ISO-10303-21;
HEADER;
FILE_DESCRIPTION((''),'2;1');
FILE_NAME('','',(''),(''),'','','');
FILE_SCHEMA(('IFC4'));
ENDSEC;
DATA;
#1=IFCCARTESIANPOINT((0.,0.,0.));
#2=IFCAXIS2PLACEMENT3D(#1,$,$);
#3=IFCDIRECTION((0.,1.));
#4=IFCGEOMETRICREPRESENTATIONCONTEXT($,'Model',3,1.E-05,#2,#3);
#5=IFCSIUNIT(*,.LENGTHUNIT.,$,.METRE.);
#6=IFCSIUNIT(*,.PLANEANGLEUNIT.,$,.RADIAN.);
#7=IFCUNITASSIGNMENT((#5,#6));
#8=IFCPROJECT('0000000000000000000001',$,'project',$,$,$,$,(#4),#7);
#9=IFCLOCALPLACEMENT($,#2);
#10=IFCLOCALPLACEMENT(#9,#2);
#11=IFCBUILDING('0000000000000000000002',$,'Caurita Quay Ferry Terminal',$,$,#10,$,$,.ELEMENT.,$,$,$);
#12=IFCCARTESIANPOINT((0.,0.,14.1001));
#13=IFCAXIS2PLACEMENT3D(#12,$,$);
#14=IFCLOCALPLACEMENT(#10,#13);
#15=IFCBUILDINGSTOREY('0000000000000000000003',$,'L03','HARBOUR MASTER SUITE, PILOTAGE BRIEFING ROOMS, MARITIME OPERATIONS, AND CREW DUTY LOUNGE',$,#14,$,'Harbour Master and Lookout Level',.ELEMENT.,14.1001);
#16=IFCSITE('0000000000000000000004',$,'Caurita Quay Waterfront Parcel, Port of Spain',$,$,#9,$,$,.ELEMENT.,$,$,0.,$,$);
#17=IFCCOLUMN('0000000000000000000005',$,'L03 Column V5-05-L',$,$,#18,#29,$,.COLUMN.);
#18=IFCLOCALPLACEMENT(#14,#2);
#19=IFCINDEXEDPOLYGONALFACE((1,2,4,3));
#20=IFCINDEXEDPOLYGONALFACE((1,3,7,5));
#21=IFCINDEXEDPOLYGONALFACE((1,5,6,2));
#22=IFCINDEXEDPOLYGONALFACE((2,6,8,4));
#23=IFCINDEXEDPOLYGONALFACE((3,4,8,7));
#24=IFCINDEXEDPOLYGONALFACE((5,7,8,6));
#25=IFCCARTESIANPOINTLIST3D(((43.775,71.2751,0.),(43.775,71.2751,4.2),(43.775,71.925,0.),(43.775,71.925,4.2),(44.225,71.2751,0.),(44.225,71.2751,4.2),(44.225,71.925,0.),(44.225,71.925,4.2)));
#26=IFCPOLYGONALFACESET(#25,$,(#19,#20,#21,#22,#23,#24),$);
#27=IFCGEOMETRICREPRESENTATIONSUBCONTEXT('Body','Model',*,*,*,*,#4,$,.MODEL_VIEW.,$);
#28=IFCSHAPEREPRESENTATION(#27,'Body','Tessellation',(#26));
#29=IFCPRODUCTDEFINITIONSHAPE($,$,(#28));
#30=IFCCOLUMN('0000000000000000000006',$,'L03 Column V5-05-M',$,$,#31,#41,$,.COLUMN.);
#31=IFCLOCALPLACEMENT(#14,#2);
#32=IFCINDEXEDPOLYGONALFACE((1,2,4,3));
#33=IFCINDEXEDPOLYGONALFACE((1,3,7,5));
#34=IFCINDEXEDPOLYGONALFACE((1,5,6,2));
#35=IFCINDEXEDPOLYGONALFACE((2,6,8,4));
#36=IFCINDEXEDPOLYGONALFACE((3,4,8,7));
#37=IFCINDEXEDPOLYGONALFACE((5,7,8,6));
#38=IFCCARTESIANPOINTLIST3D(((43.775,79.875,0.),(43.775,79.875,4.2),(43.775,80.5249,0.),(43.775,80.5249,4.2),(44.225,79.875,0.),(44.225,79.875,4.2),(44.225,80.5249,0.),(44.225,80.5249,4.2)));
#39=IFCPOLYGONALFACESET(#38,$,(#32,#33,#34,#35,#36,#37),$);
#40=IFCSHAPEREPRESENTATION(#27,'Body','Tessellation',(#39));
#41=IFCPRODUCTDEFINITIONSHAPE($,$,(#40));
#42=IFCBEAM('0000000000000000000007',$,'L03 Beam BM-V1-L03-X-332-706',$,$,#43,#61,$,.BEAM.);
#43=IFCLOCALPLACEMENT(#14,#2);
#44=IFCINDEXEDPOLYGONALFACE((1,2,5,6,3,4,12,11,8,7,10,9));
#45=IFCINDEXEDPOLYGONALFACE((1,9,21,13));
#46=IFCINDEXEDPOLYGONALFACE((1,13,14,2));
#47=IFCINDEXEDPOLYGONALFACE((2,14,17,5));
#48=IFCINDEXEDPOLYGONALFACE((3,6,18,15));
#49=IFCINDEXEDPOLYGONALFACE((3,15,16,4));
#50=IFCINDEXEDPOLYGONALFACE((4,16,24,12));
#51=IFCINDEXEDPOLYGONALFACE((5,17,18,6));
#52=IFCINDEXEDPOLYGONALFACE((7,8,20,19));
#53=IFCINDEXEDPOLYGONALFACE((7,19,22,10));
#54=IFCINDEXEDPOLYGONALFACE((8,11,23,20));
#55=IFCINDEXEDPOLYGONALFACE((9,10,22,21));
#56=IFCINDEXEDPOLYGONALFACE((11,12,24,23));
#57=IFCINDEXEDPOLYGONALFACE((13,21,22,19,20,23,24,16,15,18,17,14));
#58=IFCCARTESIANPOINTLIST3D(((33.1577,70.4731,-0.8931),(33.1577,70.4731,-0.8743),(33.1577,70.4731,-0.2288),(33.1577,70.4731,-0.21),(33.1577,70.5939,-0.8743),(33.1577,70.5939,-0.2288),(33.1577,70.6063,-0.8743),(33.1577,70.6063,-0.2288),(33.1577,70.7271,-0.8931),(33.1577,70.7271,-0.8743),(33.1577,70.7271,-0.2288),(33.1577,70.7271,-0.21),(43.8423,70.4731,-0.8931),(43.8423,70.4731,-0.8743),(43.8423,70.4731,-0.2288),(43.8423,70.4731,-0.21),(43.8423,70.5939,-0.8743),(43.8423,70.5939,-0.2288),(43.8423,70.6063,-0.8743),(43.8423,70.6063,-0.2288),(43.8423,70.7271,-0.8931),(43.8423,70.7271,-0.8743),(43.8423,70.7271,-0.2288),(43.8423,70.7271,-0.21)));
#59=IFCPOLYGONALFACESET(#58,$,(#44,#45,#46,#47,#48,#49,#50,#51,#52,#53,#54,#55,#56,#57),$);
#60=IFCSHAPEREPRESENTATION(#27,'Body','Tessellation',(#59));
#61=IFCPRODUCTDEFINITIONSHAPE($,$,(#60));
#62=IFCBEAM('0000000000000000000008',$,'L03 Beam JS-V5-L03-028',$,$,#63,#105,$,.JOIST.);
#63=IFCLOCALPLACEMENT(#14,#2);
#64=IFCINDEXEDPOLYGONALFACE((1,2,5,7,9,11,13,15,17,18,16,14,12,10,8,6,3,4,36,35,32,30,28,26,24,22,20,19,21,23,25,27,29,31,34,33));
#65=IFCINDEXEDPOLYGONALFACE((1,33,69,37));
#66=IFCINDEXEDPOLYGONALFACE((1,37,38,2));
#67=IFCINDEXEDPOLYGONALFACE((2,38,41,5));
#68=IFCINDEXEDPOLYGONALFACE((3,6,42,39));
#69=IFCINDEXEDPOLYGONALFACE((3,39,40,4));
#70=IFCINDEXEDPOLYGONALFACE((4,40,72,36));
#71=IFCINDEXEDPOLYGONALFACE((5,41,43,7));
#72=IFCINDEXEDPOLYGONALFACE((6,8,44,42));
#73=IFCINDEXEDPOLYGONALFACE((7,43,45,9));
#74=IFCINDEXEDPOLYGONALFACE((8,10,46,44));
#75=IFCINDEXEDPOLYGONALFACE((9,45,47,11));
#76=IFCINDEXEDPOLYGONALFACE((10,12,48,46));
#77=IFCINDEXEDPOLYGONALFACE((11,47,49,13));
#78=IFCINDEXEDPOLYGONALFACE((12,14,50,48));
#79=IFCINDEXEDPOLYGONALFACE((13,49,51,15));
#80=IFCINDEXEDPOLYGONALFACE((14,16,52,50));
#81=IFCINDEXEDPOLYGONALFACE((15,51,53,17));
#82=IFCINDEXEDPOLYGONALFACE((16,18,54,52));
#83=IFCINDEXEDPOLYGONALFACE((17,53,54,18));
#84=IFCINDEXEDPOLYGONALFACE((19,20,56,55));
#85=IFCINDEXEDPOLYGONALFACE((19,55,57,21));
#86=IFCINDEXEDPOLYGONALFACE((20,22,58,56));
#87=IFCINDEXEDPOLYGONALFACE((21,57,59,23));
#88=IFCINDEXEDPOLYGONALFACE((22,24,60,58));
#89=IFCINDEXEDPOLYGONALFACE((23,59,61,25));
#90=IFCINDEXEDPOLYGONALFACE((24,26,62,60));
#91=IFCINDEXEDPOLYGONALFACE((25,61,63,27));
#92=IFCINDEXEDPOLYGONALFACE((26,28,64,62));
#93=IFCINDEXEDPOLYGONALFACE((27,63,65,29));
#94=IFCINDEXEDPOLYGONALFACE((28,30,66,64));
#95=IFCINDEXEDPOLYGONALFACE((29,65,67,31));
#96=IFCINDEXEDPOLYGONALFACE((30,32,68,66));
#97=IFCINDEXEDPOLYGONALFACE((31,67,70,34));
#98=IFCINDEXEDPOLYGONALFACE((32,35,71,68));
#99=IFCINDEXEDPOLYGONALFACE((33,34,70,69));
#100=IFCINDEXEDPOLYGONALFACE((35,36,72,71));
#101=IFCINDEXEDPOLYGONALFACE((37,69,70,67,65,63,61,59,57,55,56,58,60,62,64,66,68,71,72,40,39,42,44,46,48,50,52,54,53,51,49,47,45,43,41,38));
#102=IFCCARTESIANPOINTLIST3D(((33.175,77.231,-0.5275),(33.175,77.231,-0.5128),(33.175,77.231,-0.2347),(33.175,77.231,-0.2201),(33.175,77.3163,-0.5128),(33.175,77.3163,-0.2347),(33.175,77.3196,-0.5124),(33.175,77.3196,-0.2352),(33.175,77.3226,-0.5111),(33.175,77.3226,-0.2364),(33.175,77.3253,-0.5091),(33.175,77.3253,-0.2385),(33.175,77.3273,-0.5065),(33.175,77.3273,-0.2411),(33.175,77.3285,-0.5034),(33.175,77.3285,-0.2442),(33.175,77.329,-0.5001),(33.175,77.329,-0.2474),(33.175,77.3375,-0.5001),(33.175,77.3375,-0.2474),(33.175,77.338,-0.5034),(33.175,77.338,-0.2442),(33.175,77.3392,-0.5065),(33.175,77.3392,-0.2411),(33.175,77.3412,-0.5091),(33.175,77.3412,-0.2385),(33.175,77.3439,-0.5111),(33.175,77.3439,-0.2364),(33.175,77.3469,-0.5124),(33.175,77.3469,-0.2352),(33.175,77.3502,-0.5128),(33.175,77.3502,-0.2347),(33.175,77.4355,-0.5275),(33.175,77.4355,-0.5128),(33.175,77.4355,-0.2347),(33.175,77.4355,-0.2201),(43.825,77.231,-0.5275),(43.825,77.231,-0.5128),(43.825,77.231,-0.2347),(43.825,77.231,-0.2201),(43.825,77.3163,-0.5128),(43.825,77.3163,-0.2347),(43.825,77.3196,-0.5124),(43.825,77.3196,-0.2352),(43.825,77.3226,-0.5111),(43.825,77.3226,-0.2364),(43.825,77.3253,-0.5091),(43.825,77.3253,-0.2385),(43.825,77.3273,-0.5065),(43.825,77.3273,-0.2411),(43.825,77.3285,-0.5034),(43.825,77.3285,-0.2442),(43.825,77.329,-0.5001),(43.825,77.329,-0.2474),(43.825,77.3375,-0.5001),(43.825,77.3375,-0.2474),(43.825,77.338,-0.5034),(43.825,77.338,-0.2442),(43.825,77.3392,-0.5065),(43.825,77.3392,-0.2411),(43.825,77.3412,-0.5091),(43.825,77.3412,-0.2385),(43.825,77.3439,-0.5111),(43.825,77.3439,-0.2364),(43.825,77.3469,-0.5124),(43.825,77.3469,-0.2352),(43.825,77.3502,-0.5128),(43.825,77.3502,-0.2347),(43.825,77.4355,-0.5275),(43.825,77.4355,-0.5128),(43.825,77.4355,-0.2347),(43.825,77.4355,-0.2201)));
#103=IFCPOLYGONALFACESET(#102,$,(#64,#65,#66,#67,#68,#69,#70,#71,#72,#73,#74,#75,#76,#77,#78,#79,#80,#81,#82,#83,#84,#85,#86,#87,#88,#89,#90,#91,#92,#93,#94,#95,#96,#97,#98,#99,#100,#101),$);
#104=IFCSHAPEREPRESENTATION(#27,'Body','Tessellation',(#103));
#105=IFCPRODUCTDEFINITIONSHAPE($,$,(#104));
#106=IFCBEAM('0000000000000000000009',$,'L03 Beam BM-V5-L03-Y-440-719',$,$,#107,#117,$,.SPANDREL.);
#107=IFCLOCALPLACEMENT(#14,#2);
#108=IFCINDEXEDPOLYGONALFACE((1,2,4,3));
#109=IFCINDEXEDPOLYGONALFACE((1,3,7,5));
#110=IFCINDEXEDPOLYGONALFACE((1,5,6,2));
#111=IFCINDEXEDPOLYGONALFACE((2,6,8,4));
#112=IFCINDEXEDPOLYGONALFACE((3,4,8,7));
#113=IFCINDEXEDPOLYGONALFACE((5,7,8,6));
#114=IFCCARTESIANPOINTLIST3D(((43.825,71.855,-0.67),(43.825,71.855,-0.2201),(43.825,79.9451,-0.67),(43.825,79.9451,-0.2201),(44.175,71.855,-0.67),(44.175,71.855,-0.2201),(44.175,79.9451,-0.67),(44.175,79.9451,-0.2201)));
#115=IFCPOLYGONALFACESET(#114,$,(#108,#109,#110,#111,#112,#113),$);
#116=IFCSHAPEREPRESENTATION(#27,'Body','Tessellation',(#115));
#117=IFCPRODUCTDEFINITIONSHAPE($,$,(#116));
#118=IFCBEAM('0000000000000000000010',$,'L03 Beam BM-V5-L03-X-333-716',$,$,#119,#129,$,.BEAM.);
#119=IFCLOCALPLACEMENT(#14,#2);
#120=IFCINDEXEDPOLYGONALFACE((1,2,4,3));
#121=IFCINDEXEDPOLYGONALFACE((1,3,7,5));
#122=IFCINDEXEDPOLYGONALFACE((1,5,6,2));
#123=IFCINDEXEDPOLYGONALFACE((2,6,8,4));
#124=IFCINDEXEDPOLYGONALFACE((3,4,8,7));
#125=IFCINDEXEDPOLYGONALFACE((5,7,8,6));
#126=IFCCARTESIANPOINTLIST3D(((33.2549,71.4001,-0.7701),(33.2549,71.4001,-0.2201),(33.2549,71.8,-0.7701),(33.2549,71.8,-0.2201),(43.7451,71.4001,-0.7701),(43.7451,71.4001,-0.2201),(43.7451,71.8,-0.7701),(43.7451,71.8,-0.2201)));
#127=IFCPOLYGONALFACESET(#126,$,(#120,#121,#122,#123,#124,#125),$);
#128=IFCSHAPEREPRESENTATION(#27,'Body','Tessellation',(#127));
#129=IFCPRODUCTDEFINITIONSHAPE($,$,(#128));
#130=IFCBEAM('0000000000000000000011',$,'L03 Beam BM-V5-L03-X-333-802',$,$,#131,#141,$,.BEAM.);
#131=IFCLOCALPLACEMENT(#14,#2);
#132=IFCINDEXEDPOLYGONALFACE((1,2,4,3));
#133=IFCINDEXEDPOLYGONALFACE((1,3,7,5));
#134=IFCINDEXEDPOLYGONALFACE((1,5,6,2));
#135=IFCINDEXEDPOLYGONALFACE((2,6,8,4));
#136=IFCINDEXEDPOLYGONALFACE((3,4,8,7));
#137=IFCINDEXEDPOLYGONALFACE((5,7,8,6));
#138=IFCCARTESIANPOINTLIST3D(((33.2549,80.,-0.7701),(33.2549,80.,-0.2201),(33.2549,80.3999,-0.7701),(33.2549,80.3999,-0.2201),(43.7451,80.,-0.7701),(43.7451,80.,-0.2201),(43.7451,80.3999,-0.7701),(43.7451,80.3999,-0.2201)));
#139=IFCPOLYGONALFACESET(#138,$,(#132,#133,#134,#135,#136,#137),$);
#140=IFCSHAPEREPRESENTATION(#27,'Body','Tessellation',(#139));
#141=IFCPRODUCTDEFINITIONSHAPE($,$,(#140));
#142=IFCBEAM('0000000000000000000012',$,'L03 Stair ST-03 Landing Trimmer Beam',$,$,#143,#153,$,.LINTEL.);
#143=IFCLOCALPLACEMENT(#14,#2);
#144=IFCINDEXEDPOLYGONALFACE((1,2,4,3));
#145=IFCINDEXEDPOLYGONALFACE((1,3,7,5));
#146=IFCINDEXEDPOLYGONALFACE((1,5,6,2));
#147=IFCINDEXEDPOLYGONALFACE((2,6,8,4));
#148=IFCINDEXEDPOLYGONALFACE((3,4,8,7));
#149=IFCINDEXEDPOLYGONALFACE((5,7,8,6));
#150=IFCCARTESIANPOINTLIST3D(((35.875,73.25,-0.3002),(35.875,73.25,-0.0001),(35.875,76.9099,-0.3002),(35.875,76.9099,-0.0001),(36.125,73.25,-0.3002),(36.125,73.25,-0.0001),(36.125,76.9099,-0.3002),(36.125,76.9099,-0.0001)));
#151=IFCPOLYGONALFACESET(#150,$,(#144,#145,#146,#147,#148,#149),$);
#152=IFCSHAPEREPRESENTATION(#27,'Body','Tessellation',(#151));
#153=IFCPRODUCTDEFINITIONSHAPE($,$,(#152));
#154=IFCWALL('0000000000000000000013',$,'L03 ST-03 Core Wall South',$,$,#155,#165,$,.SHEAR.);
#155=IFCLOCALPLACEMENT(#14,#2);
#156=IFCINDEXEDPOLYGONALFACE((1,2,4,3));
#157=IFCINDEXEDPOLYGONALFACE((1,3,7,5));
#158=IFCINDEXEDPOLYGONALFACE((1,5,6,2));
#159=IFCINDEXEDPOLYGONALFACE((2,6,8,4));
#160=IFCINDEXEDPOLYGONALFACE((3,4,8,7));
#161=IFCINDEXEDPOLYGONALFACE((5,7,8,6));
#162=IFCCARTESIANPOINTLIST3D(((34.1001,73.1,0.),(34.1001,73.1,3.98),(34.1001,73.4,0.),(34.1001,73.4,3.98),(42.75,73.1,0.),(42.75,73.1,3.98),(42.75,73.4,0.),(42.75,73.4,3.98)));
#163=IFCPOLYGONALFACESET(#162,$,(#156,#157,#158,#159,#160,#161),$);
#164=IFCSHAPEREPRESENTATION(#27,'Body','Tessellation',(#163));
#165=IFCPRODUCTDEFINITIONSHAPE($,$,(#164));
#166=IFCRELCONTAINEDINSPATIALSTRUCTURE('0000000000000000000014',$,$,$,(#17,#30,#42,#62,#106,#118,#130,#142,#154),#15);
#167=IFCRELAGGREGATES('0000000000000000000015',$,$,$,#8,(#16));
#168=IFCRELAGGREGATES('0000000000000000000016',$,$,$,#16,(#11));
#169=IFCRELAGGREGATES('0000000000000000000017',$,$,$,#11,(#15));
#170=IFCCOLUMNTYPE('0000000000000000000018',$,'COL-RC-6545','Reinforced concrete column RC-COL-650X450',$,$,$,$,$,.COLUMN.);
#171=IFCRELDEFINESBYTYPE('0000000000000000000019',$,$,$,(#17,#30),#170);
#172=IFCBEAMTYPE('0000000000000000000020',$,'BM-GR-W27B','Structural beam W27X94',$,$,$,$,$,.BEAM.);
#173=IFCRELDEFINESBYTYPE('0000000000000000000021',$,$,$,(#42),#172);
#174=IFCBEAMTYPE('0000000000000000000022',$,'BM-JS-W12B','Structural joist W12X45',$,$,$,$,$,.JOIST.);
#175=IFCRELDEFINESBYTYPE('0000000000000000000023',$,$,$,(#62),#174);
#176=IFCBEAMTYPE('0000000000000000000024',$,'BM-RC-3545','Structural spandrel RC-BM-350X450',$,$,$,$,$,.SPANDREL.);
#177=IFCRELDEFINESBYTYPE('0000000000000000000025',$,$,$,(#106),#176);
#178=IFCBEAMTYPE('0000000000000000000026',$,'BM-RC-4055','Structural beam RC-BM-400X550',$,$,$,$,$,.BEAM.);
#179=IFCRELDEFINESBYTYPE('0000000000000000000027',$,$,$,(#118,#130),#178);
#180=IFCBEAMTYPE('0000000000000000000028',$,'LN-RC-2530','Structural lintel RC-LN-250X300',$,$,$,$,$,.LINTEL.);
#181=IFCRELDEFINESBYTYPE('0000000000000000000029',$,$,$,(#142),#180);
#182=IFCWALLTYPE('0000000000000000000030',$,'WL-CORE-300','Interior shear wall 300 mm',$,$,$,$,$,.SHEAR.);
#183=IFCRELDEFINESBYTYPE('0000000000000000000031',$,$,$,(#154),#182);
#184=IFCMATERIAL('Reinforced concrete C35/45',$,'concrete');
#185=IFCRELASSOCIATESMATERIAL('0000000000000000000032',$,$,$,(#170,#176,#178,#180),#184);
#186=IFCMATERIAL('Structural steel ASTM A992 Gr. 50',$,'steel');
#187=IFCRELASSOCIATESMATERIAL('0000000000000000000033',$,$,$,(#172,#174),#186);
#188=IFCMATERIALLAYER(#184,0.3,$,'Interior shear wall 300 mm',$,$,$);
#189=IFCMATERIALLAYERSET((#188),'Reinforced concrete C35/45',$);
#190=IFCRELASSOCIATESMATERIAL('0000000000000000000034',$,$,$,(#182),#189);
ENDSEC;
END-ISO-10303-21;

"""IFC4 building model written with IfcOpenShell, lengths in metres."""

from ifc_helpers import new_model, si_unit, direction, frame, frame_2d, origin, origin_2d, place, context, subcontext, project, spatial, rectangle, i_section, extrude, material, layer, layer_set, material_profile, profile_set, type_object, element, save


model = new_model("IFC4")

# Units and contexts
model_context = context("Model", 3, precision=1e-05, world=origin(), true_north=direction((0.0, 1.0)))
body_context = subcontext(model_context, "Body", "Model", "MODEL_VIEW")
ifc_project = project(units=[si_unit("LENGTHUNIT", "METRE"), si_unit("PLANEANGLEUNIT", "RADIAN")], contexts=[model_context])

# Site, building, storey
site_placement = place(None, origin())
site = spatial("IfcSite", under=ifc_project, at=site_placement, Name="Caurita Quay Waterfront Parcel, Port of Spain", CompositionType="ELEMENT", RefElevation=0.0)
building_placement = place(site_placement, origin())
building = spatial("IfcBuilding", under=site, at=building_placement, Name="Caurita Quay Ferry Terminal", CompositionType="ELEMENT")
storey_placement = place(building_placement, frame((0.0, 0.0, 14.1001)))
storey = spatial("IfcBuildingStorey", under=building, at=storey_placement, Name="L03", Description="HARBOUR MASTER SUITE, PILOTAGE BRIEFING ROOMS, MARITIME OPERATIONS, AND CREW DUTY LOUNGE", LongName="Harbour Master and Lookout Level", CompositionType="ELEMENT", Elevation=14.1001)

# Columns
ifc_material_1 = material(Name="Reinforced concrete C35/45", Category="concrete")
ifc_material_profile_1 = material_profile(ifc_material_1, rectangle(XDim=0.45, YDim=0.6499, at=origin_2d()), Name="RC-COL-650X450")
ifc_profile_set_1 = profile_set([ifc_material_profile_1], Name="Reinforced concrete C35/45")
column_type = type_object("IfcColumnType", Name="COL-RC-6545", Description="Reinforced concrete column RC-COL-650X450", PredefinedType="COLUMN", material=ifc_profile_set_1)
for number, where, z_axis, x_axis, name in (
    (1, (44.0, 71.6001, 0.0), (0.0, 0.0, 1.0), (1.0, 0.0, 0.0), "L03 Column V5-05-L"),
    (2, (44.0, 80.2, 0.0), (0.0, 0.0, 1.0), (1.0, 0.0, 0.0), "L03 Column V5-05-M"),
):
    element("IfcColumn", number, at=place(storey_placement, frame(where, z_axis=z_axis, x_axis=x_axis)), inside=storey, type_object=column_type, Name=name, PredefinedType="COLUMN", context=body_context, shape_type="SweptSolid", body=[
        extrude(rectangle(XDim=0.45, YDim=0.6499, at=origin_2d()), origin(), (0.0, 0.0, 1.0), 4.2),
    ])

# Beams
ifc_material_2 = material(Name="Structural steel ASTM A992 Gr. 50", Category="steel")
ifc_material_profile_2 = material_profile(ifc_material_2, i_section(OverallWidth=0.2539, OverallDepth=0.6831, WebThickness=0.0125, FlangeThickness=0.0188, at=origin_2d()), Name="W27X94")
ifc_profile_set_2 = profile_set([ifc_material_profile_2], Name="Structural steel ASTM A992 Gr. 50")
beam_type_1 = type_object("IfcBeamType", Name="BM-GR-W27B", Description="Structural beam W27X94", PredefinedType="BEAM", material=ifc_profile_set_2)
beam_1_placement = place(storey_placement, frame((33.1577, 70.6001, -0.5515), z_axis=(1.0, 0.0, 0.0), x_axis=(0.0, 1.0, 0.0)))
element("IfcBeam", 3, at=beam_1_placement, inside=storey, type_object=beam_type_1, Name="L03 Beam BM-V1-L03-X-332-706", PredefinedType="BEAM", context=body_context, shape_type="SweptSolid", body=[
    extrude(i_section(OverallWidth=0.2539, OverallDepth=0.6831, WebThickness=0.0125, FlangeThickness=0.0188, at=origin_2d()), origin(), (0.0, 0.0, 1.0), 10.6846),
])
ifc_material_profile_3 = material_profile(ifc_material_2, i_section(OverallWidth=0.2046, OverallDepth=0.3074, WebThickness=0.0085, FlangeThickness=0.0146, FilletRadius=0.0127, at=origin_2d()), Name="W12X45")
ifc_profile_set_3 = profile_set([ifc_material_profile_3], Name="Structural steel ASTM A992 Gr. 50")
beam_type_2 = type_object("IfcBeamType", Name="BM-JS-W12B", Description="Structural joist W12X45", PredefinedType="JOIST", material=ifc_profile_set_3)
beam_2_placement = place(storey_placement, frame((33.175, 77.3333, -0.3738), z_axis=(1.0, 0.0, 0.0), x_axis=(0.0, 1.0, 0.0)))
element("IfcBeam", 4, at=beam_2_placement, inside=storey, type_object=beam_type_2, Name="L03 Beam JS-V5-L03-028", PredefinedType="JOIST", context=body_context, shape_type="SweptSolid", body=[
    extrude(i_section(OverallWidth=0.2046, OverallDepth=0.3074, WebThickness=0.0085, FlangeThickness=0.0146, FilletRadius=0.0127, at=origin_2d()), origin(), (0.0, 0.0, 1.0), 10.6499),
])
ifc_material_profile_4 = material_profile(ifc_material_1, rectangle(XDim=0.3501, YDim=0.45, at=origin_2d()), Name="RC-BM-350X450")
ifc_profile_set_4 = profile_set([ifc_material_profile_4], Name="Reinforced concrete C35/45")
beam_type_3 = type_object("IfcBeamType", Name="BM-RC-3545", Description="Structural spandrel RC-BM-350X450", PredefinedType="SPANDREL", material=ifc_profile_set_4)
beam_3_placement = place(storey_placement, frame((44.0, 71.855, -0.4451), z_axis=(0.0, 1.0, 0.0), x_axis=(-1.0, 0.0, 0.0)))
element("IfcBeam", 5, at=beam_3_placement, inside=storey, type_object=beam_type_3, Name="L03 Beam BM-V5-L03-Y-440-719", PredefinedType="SPANDREL", context=body_context, shape_type="SweptSolid", body=[
    extrude(rectangle(XDim=0.3501, YDim=0.45, at=origin_2d()), origin(), (0.0, 0.0, 1.0), 8.0901),
])
ifc_material_profile_5 = material_profile(ifc_material_1, rectangle(XDim=0.3999, YDim=0.55, at=origin_2d()), Name="RC-BM-400X550")
ifc_profile_set_5 = profile_set([ifc_material_profile_5], Name="Reinforced concrete C35/45")
beam_type_4 = type_object("IfcBeamType", Name="BM-RC-4055", Description="Structural beam RC-BM-400X550", PredefinedType="BEAM", material=ifc_profile_set_5)
for number, where, z_axis, x_axis, name in (
    (6, (33.2549, 71.6001, -0.4951), (1.0, 0.0, 0.0), (0.0, 1.0, 0.0), "L03 Beam BM-V5-L03-X-333-716"),
    (7, (33.2549, 80.2, -0.4951), (1.0, 0.0, 0.0), (0.0, 1.0, 0.0), "L03 Beam BM-V5-L03-X-333-802"),
):
    element("IfcBeam", number, at=place(storey_placement, frame(where, z_axis=z_axis, x_axis=x_axis)), inside=storey, type_object=beam_type_4, Name=name, PredefinedType="BEAM", context=body_context, shape_type="SweptSolid", body=[
        extrude(rectangle(XDim=0.3999, YDim=0.55, at=origin_2d()), origin(), (0.0, 0.0, 1.0), 10.4902),
    ])
ifc_material_profile_6 = material_profile(ifc_material_1, rectangle(XDim=0.25, YDim=0.3, at=origin_2d()), Name="RC-LN-250X300")
ifc_profile_set_6 = profile_set([ifc_material_profile_6], Name="Reinforced concrete C35/45")
beam_type_5 = type_object("IfcBeamType", Name="LN-RC-2530", Description="Structural lintel RC-LN-250X300", PredefinedType="LINTEL", material=ifc_profile_set_6)
beam_4_placement = place(storey_placement, frame((36.0, 73.25, -0.1501), z_axis=(0.0, 1.0, 0.0), x_axis=(-1.0, 0.0, 0.0)))
element("IfcBeam", 8, at=beam_4_placement, inside=storey, type_object=beam_type_5, Name="L03 Stair ST-03 Landing Trimmer Beam", PredefinedType="LINTEL", context=body_context, shape_type="SweptSolid", body=[
    extrude(rectangle(XDim=0.25, YDim=0.3, at=origin_2d()), origin(), (0.0, 0.0, 1.0), 3.6599),
])

# Wall
ifc_layer_1 = layer(ifc_material_1, 0.3, Name="Interior shear wall 300 mm")
ifc_layer_set_1 = layer_set([ifc_layer_1], Name="Reinforced concrete C35/45")
wall_type_1 = type_object("IfcWallType", Name="WL-CORE-300", Description="Interior shear wall 300 mm", PredefinedType="SHEAR", material=ifc_layer_set_1)
wall_1_placement = place(storey_placement, frame((34.1001, 73.25, 0.0), z_axis=(0.0, 0.0, 1.0), x_axis=(1.0, 0.0, 0.0)))
element("IfcWall", 9, at=wall_1_placement, inside=storey, type_object=wall_type_1, Name="L03 ST-03 Core Wall South", PredefinedType="SHEAR", context=body_context, shape_type="SweptSolid", body=[
    extrude(rectangle(XDim=8.6499, YDim=0.3, at=frame_2d((4.325, 0.0))), origin(), (0.0, 0.0, 1.0), 3.98),
])

save(model, "model.ifc")
